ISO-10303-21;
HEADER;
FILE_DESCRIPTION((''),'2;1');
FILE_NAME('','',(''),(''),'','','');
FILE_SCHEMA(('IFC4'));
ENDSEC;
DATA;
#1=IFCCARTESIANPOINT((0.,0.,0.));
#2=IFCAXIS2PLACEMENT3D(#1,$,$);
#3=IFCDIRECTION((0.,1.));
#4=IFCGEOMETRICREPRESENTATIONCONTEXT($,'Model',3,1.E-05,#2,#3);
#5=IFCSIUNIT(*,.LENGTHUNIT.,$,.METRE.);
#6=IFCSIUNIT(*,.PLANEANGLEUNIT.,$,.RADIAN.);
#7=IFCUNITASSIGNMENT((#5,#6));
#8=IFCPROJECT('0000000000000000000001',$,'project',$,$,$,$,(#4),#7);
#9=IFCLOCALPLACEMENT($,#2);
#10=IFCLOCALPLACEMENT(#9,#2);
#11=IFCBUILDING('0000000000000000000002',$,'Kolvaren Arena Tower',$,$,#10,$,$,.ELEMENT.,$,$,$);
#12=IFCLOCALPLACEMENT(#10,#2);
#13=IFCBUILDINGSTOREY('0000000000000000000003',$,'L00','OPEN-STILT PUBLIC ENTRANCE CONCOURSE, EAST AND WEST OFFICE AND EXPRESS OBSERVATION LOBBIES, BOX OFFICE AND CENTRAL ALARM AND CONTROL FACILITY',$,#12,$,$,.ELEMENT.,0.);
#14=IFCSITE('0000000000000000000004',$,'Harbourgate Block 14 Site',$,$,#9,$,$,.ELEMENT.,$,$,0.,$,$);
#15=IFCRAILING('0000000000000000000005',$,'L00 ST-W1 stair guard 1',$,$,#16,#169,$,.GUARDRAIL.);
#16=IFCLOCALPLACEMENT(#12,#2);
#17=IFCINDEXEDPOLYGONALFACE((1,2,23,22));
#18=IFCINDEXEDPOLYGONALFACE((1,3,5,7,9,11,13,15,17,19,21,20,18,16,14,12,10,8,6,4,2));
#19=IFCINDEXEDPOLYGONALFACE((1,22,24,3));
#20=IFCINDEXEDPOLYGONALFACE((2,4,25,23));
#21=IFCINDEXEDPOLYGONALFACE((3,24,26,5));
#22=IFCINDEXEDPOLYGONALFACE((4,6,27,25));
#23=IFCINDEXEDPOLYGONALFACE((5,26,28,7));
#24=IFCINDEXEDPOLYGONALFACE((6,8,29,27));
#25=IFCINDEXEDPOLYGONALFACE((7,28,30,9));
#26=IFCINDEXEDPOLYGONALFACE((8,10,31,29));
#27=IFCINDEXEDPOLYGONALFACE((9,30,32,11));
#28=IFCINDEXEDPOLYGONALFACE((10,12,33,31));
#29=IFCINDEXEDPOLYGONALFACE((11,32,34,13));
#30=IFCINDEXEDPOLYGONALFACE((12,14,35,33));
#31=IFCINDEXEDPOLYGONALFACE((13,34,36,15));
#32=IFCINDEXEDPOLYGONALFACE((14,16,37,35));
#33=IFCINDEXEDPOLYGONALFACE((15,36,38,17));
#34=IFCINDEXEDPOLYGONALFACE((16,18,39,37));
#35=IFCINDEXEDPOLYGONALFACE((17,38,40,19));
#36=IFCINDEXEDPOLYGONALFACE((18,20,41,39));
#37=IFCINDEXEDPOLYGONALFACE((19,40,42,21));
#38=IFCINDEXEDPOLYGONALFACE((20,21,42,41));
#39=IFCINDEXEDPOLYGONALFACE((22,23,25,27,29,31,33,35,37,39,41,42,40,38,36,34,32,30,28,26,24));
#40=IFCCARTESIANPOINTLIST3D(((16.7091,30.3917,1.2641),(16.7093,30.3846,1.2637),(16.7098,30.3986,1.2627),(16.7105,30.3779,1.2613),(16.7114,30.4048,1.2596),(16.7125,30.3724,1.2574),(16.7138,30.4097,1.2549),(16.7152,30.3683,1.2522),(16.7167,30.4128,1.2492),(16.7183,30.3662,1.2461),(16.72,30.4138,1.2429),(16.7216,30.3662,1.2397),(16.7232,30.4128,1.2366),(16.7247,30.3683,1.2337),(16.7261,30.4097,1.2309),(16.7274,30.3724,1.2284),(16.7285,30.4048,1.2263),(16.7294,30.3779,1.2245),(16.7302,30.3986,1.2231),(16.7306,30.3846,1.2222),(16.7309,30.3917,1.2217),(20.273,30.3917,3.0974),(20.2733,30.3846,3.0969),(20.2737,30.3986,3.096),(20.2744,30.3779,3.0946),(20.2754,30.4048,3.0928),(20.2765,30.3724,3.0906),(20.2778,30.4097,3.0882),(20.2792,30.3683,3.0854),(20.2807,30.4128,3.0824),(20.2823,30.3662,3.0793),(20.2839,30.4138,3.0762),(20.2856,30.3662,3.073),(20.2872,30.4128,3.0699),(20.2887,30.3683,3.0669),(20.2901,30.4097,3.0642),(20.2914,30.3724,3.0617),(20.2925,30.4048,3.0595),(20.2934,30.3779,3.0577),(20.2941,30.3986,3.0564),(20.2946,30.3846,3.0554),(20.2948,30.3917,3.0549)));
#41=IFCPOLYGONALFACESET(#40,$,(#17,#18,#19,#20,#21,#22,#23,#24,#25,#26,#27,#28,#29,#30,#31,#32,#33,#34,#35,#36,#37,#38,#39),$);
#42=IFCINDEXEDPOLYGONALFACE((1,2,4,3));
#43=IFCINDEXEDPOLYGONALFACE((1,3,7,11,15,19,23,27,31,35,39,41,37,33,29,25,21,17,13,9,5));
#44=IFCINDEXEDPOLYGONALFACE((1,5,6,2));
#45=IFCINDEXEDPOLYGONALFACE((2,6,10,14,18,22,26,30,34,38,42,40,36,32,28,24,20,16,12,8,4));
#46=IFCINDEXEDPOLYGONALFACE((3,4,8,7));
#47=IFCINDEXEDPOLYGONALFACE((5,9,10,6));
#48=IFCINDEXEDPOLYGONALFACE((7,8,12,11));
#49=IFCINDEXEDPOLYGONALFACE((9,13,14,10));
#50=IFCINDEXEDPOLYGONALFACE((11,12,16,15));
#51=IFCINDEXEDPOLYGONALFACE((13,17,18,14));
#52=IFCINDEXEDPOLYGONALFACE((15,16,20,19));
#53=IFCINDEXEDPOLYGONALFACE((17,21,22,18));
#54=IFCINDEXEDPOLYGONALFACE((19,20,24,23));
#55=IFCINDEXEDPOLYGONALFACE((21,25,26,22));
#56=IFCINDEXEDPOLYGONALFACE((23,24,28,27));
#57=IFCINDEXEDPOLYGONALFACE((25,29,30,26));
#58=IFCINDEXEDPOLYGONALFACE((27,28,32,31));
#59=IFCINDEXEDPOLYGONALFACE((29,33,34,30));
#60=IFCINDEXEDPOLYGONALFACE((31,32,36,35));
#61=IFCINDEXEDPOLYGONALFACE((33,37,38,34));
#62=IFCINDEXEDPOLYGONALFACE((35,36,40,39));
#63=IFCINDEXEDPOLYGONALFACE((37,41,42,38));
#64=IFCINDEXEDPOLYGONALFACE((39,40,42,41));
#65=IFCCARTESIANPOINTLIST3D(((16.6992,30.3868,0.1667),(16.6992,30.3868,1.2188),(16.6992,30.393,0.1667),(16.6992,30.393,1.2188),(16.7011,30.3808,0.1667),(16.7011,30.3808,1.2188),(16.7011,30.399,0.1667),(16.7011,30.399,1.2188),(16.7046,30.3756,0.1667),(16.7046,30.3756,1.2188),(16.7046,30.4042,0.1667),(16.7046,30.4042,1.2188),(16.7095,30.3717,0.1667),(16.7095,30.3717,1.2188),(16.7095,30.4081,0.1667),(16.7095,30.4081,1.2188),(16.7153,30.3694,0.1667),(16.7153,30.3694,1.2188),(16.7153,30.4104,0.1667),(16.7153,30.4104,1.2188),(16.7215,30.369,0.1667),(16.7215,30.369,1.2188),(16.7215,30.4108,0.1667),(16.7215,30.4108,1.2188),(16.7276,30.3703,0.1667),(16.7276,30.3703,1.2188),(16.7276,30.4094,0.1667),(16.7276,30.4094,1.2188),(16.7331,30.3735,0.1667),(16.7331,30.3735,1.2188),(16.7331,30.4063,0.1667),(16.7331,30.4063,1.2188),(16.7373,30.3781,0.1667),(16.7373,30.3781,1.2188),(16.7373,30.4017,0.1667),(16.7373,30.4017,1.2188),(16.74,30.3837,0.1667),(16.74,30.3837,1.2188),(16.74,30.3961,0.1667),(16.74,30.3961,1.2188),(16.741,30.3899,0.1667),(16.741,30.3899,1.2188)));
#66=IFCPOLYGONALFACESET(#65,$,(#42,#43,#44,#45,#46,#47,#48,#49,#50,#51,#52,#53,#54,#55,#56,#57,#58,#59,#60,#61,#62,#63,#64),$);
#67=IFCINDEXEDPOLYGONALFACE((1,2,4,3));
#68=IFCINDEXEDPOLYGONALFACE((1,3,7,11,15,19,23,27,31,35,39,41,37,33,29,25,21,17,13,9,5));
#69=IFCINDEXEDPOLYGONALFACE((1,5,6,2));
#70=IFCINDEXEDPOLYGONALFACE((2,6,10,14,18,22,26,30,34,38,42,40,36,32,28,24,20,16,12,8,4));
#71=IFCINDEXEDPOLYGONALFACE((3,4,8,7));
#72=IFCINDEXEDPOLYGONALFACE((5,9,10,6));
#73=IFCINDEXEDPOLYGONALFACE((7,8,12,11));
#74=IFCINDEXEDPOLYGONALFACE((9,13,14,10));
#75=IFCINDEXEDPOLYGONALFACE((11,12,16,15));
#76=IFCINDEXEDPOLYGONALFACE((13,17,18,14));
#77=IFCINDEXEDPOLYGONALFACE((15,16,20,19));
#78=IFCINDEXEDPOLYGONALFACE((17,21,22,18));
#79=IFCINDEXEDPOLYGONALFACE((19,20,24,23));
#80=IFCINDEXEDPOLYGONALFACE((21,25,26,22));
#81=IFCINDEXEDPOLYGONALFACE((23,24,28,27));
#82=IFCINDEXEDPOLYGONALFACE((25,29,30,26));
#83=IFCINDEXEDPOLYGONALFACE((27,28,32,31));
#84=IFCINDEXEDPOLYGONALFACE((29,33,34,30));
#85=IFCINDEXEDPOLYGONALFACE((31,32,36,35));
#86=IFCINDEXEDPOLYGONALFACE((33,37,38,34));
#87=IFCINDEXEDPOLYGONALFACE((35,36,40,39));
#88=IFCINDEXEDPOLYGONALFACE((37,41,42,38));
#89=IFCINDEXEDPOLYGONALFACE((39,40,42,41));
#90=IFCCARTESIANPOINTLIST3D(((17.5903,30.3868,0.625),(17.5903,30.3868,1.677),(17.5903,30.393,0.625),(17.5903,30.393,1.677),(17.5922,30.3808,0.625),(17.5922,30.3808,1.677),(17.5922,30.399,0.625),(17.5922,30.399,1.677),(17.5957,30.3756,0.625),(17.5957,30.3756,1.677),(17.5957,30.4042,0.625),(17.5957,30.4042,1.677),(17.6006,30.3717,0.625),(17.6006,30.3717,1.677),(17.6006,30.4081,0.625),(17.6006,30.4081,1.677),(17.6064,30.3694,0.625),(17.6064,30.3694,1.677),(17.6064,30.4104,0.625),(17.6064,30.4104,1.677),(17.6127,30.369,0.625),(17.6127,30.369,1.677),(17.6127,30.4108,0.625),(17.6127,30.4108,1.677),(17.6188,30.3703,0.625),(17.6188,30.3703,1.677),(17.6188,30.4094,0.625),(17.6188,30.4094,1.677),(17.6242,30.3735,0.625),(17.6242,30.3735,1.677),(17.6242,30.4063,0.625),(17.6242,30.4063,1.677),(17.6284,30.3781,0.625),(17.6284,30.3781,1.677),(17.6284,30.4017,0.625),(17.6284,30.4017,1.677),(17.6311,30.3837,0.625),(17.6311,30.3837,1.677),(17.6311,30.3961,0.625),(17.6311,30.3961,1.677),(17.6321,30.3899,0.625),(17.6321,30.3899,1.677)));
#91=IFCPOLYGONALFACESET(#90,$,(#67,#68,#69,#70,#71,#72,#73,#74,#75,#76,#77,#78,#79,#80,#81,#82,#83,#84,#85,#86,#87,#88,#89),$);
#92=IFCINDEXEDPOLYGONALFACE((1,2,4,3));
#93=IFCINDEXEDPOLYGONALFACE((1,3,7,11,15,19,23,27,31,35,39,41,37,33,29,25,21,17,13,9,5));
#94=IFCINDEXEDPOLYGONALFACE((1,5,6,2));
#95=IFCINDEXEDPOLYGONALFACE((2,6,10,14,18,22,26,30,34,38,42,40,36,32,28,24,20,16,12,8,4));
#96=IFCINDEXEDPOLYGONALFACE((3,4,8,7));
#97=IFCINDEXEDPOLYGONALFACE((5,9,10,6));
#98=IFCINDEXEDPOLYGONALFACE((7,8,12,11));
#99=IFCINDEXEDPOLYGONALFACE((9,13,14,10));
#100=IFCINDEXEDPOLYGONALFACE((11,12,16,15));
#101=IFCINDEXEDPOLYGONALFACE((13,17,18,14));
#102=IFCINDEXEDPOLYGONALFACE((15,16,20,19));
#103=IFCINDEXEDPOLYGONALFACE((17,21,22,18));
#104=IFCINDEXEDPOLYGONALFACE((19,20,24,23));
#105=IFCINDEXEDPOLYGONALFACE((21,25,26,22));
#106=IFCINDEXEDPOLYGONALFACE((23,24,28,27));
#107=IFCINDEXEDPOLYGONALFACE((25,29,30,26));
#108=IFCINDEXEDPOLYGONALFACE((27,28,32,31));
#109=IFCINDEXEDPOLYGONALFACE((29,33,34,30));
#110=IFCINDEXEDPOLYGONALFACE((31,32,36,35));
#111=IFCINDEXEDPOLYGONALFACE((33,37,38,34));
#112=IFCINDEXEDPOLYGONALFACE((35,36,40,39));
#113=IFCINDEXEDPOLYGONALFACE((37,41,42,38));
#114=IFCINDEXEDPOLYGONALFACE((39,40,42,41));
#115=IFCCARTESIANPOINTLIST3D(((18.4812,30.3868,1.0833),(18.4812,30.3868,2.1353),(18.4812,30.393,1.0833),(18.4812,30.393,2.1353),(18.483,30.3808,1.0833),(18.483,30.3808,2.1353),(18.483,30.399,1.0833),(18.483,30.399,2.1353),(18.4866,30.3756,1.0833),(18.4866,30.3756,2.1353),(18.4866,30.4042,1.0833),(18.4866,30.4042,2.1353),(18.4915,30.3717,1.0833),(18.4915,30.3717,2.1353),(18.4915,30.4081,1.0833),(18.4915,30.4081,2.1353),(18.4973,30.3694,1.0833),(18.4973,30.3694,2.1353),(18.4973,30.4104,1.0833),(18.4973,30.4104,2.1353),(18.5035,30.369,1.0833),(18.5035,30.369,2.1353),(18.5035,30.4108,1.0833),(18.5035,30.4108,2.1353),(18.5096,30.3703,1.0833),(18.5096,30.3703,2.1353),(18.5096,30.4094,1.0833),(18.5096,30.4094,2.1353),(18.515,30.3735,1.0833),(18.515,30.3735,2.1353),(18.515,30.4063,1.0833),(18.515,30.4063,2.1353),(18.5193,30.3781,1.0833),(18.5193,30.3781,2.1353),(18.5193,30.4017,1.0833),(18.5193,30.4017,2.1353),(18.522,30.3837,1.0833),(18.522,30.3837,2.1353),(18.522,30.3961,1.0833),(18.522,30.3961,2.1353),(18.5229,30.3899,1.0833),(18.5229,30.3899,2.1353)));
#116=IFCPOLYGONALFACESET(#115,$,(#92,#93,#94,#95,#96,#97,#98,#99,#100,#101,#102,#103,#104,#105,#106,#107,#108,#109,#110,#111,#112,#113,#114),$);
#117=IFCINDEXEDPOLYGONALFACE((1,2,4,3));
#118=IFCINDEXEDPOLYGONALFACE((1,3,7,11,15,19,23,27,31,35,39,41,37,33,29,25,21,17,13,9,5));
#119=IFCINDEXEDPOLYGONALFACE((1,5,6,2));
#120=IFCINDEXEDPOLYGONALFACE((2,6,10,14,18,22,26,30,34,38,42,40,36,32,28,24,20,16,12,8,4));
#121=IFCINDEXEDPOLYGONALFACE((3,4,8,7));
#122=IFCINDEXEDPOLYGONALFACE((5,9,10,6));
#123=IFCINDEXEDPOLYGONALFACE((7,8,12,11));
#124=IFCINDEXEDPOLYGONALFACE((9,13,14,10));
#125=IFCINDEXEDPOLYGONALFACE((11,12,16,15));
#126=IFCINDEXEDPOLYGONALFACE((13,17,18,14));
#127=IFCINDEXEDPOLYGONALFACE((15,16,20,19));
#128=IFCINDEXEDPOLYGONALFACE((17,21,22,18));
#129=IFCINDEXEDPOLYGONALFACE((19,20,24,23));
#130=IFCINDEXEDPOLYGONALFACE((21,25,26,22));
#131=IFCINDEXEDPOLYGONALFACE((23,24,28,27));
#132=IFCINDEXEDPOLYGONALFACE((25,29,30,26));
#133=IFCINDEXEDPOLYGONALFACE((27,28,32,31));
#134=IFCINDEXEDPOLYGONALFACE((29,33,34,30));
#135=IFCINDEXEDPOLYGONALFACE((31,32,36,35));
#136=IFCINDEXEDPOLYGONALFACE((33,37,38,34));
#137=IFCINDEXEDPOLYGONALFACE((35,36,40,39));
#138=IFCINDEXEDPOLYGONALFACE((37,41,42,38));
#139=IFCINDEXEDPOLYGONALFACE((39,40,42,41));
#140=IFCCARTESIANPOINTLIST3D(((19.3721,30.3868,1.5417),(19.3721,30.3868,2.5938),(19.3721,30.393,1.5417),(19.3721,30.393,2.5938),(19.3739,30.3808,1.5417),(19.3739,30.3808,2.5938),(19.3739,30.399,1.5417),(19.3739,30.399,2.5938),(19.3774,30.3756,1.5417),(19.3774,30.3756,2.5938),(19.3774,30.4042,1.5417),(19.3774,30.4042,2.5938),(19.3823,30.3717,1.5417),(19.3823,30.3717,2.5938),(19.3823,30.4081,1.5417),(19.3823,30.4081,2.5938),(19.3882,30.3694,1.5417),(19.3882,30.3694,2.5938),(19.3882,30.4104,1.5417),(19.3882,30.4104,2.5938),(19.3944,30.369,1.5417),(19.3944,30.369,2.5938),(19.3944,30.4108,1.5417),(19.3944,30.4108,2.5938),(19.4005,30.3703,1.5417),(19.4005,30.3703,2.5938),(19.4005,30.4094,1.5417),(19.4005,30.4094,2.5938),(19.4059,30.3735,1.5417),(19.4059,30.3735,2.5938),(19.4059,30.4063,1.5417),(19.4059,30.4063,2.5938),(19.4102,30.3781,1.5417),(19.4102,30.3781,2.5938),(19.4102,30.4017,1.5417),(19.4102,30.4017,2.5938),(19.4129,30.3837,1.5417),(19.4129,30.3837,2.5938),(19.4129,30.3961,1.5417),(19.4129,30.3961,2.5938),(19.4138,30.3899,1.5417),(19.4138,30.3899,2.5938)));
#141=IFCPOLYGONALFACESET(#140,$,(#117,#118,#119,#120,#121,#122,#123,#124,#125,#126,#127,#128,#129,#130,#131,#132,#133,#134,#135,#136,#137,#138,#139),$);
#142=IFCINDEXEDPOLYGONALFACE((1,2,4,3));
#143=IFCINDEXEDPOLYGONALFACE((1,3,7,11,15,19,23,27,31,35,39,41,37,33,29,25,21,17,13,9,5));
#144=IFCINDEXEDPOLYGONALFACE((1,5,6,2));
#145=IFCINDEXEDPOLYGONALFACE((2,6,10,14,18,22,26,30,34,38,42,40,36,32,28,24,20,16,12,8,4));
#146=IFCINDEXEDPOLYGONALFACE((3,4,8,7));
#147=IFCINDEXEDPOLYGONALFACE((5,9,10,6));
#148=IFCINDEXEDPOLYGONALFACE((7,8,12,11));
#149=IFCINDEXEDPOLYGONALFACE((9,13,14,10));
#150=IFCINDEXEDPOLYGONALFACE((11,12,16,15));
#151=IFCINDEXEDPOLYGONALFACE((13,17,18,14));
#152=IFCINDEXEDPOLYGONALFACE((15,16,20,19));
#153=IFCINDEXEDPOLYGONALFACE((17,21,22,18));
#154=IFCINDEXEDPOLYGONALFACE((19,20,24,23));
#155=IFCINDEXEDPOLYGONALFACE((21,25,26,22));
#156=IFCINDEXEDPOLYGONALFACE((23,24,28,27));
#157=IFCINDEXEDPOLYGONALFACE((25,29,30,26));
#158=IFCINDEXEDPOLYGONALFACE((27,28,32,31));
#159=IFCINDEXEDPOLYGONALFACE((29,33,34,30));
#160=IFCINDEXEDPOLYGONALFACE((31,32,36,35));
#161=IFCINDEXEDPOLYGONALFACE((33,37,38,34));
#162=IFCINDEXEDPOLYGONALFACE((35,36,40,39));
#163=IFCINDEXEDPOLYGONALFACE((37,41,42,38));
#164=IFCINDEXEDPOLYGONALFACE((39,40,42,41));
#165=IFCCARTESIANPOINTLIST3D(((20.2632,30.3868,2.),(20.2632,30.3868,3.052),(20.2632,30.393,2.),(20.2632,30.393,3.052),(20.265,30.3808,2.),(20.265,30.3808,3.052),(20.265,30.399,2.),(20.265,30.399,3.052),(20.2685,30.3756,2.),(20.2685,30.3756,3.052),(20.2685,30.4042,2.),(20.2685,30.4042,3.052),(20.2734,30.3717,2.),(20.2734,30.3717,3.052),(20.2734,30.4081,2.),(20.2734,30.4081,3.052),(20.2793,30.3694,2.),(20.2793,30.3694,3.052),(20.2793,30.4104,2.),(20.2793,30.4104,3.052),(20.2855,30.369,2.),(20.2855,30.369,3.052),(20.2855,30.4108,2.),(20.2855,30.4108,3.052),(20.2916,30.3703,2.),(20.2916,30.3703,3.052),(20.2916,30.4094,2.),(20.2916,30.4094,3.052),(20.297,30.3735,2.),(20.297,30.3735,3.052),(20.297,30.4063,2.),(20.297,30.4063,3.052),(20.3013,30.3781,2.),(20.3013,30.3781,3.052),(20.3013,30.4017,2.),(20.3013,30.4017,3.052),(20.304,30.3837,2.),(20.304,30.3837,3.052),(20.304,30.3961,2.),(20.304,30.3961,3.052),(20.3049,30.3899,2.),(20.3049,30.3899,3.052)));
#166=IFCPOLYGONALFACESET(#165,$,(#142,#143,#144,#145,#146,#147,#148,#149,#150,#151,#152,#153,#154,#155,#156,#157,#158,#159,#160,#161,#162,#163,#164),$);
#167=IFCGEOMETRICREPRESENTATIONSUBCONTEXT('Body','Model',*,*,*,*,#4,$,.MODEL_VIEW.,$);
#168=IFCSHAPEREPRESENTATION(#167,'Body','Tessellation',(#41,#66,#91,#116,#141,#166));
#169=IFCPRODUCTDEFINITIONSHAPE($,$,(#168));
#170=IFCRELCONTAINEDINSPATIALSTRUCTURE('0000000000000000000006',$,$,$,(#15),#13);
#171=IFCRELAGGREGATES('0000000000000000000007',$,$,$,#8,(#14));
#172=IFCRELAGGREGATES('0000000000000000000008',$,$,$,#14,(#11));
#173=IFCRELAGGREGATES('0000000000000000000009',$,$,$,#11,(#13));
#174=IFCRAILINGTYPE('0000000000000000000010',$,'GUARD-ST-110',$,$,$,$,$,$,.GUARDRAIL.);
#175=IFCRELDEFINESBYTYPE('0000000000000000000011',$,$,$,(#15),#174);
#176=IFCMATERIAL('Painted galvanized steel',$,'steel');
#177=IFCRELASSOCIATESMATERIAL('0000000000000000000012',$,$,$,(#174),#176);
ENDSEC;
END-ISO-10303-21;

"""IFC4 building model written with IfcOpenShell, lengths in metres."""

from ifc_helpers import new_model, si_unit, direction, frame, origin, origin_2d, place, context, subcontext, project, spatial, circle, extrude, material, type_object, element, save


model = new_model("IFC4")

# Units and contexts
model_context = context("Model", 3, precision=1e-05, world=origin(), true_north=direction((0.0, 1.0)))
body_context = subcontext(model_context, "Body", "Model", "MODEL_VIEW")
ifc_project = project(units=[si_unit("LENGTHUNIT", "METRE"), si_unit("PLANEANGLEUNIT", "RADIAN")], contexts=[model_context])

# Site, building, storey
site_placement = place(None, origin())
site = spatial("IfcSite", under=ifc_project, at=site_placement, Name="Harbourgate Block 14 Site", CompositionType="ELEMENT", RefElevation=0.0)
building_placement = place(site_placement, origin())
building = spatial("IfcBuilding", under=site, at=building_placement, Name="Kolvaren Arena Tower", CompositionType="ELEMENT")
storey_placement = place(building_placement, origin())
storey = spatial("IfcBuildingStorey", under=building, at=storey_placement, Name="L00", Description="OPEN-STILT PUBLIC ENTRANCE CONCOURSE, EAST AND WEST OFFICE AND EXPRESS OBSERVATION LOBBIES, BOX OFFICE AND CENTRAL ALARM AND CONTROL FACILITY", CompositionType="ELEMENT", Elevation=0.0)

# Railing
ifc_material_1 = material(Name="Painted galvanized steel", Category="steel")
railing_type_1 = type_object("IfcRailingType", Name="GUARD-ST-110", PredefinedType="GUARDRAIL", material=ifc_material_1)
railing_1_placement = place(storey_placement, frame((16.72, 30.3899, 0.1667)))
element("IfcRailing", 1, at=railing_1_placement, inside=storey, type_object=railing_type_1, Name="L00 ST-W1 stair guard 1", PredefinedType="GUARDRAIL", context=body_context, shape_type="SweptSolid", body=[
    extrude(circle(Radius=0.0239, at=origin_2d()), frame((0.0, 0.0, 1.0762), z_axis=(0.889252, 0.0, 0.457418), x_axis=(0.0, 1.0, 0.0)), (0.0, 0.0, 1.0), 4.0078),
    extrude(circle(Radius=0.021, at=origin_2d()), origin(), (0.0, 0.0, 1.0), 1.052),
    extrude(circle(Radius=0.021, at=origin_2d()), frame((0.8911, 0.0, 0.4583)), (0.0, 0.0, 1.0), 1.052),
    extrude(circle(Radius=0.021, at=origin_2d()), frame((1.782, 0.0, 0.9165)), (0.0, 0.0, 1.0), 1.052),
    extrude(circle(Radius=0.021, at=origin_2d()), frame((2.6729, 0.0, 1.375)), (0.0, 0.0, 1.0), 1.052),
    extrude(circle(Radius=0.021, at=origin_2d()), frame((3.564, 0.0, 1.8333)), (0.0, 0.0, 1.0), 1.052),
])

save(model, "model.ifc")
